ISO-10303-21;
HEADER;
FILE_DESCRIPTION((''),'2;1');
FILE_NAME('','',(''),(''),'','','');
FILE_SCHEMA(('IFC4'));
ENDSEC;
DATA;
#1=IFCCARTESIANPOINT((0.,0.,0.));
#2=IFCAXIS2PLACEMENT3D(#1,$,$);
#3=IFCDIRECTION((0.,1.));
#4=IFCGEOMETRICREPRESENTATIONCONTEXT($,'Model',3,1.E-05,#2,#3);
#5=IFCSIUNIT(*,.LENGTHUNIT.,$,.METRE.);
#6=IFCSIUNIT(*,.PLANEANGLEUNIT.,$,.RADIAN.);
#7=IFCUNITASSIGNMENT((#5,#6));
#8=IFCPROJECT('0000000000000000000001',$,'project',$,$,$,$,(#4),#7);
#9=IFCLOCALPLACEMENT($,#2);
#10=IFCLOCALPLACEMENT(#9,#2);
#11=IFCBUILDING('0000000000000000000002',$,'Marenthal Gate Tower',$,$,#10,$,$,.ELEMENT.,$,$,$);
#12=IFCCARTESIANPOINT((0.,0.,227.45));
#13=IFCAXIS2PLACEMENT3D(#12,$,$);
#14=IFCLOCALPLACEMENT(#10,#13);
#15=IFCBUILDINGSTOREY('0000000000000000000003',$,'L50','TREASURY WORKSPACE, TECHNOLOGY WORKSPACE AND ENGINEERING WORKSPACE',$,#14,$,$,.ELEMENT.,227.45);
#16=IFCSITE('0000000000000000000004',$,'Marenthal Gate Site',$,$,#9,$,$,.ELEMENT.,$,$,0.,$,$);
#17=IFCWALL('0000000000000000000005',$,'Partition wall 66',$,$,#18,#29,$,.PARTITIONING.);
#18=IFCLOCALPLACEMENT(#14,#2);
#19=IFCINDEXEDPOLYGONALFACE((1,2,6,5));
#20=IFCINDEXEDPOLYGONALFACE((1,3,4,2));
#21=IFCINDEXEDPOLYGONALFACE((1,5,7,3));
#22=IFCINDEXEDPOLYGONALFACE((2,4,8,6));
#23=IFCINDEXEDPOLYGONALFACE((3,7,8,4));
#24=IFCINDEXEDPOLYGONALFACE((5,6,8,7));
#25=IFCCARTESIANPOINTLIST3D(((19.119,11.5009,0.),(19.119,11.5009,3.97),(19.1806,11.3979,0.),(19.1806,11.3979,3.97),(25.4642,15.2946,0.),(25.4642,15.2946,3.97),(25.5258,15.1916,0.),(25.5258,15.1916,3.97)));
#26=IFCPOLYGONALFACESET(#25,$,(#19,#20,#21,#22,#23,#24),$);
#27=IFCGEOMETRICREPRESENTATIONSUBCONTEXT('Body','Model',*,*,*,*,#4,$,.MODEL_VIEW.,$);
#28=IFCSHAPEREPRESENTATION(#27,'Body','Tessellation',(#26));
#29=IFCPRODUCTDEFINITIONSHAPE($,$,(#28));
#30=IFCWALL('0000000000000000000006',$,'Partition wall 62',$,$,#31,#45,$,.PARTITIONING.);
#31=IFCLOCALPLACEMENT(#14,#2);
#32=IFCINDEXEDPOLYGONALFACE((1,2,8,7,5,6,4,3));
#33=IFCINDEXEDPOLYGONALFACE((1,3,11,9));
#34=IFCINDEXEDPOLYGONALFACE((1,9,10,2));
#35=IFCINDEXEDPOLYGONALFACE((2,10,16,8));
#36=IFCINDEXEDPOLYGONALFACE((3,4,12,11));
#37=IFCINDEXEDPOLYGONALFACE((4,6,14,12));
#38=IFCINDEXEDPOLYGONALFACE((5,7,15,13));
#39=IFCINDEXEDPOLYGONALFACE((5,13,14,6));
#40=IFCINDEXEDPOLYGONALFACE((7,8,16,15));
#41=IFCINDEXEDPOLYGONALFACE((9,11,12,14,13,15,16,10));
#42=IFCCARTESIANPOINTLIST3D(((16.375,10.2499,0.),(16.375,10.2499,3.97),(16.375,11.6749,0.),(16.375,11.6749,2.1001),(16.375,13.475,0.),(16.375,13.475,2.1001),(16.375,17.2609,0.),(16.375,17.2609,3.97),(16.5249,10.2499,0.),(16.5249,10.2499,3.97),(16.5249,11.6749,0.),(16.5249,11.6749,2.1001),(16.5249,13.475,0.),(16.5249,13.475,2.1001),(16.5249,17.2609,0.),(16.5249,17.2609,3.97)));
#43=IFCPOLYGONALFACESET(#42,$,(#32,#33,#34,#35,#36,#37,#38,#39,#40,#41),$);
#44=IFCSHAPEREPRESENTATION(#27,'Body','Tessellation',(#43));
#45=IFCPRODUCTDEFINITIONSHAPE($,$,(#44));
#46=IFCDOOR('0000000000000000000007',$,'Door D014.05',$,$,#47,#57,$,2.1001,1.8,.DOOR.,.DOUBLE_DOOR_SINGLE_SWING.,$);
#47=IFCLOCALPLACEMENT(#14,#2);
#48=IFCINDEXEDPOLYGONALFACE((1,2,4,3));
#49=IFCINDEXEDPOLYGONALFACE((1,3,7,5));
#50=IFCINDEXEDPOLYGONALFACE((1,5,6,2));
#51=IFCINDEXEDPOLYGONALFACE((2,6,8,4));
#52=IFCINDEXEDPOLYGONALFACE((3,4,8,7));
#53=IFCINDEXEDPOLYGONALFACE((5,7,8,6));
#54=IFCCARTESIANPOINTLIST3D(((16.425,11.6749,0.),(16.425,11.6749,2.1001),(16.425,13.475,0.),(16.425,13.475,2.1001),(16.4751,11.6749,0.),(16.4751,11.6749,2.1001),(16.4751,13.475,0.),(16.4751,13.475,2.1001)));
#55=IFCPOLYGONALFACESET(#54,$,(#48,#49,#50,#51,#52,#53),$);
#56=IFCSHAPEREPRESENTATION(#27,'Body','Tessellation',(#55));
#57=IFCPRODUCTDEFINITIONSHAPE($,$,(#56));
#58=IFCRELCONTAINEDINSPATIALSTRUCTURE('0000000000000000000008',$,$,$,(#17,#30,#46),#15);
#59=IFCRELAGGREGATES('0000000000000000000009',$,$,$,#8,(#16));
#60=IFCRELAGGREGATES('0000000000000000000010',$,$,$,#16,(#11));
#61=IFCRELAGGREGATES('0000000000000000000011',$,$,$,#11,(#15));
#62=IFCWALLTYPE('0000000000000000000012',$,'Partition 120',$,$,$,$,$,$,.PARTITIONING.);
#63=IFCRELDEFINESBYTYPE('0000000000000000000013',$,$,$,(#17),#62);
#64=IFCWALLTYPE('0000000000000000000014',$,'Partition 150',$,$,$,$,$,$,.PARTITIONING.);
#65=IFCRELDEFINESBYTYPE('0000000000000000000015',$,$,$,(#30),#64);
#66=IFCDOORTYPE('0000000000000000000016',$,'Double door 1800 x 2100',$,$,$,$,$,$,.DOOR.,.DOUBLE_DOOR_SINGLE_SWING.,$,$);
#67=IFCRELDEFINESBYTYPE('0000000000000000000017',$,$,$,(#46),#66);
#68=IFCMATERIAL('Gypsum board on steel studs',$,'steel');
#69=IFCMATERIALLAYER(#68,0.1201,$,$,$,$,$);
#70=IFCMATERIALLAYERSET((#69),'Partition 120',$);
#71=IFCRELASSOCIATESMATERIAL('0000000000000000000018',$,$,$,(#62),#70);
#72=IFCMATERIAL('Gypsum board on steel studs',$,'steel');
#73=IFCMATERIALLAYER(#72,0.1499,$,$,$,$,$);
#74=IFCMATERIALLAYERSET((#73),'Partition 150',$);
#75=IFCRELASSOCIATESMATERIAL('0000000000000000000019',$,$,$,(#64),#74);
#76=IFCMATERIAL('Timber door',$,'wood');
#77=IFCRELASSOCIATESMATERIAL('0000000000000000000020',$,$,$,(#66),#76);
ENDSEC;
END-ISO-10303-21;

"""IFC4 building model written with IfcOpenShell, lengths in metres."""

from ifc_helpers import new_model, si_unit, direction, frame, frame_2d, origin, place, context, subcontext, project, spatial, rectangle, extrude, material, layer, layer_set, type_object, element, fill, save


model = new_model("IFC4")

# Units and contexts
model_context = context("Model", 3, precision=1e-05, world=origin(), true_north=direction((0.0, 1.0)))
body_context = subcontext(model_context, "Body", "Model", "MODEL_VIEW")
ifc_project = project(units=[si_unit("LENGTHUNIT", "METRE"), si_unit("PLANEANGLEUNIT", "RADIAN")], contexts=[model_context])

# Site, building, storey
site_placement = place(None, origin())
site = spatial("IfcSite", under=ifc_project, at=site_placement, Name="Marenthal Gate Site", CompositionType="ELEMENT", RefElevation=0.0)
building_placement = place(site_placement, origin())
building = spatial("IfcBuilding", under=site, at=building_placement, Name="Marenthal Gate Tower", CompositionType="ELEMENT")
storey_placement = place(building_placement, frame((0.0, 0.0, 227.45)))
storey = spatial("IfcBuildingStorey", under=building, at=storey_placement, Name="L50", Description="TREASURY WORKSPACE, TECHNOLOGY WORKSPACE AND ENGINEERING WORKSPACE", CompositionType="ELEMENT", Elevation=227.45)

# Wall
ifc_material_1 = material(Name="Gypsum board on steel studs", Category="steel")
ifc_layer_1 = layer(ifc_material_1, 0.1201)
ifc_layer_set_1 = layer_set([ifc_layer_1], Name="Partition 120")
wall_type_1 = type_object("IfcWallType", Name="Partition 120", PredefinedType="PARTITIONING", material=ifc_layer_set_1)
wall_1_placement = place(storey_placement, frame((19.1499, 11.4495, 0.0), z_axis=(0.0, 0.0, 1.0), x_axis=(0.858293, 0.51316, 0.0)))
element("IfcWall", 1, at=wall_1_placement, inside=storey, type_object=wall_type_1, Name="Partition wall 66", PredefinedType="PARTITIONING", context=body_context, shape_type="SweptSolid", body=[
    extrude(rectangle(XDim=7.3928, YDim=0.1201, at=frame_2d((3.6963, 0.0))), origin(), (0.0, 0.0, 1.0), 3.97),
])

# Wall, opening, door
ifc_material_2 = material(Name="Gypsum board on steel studs", Category="steel")
ifc_layer_2 = layer(ifc_material_2, 0.1499)
ifc_layer_set_2 = layer_set([ifc_layer_2], Name="Partition 150")
wall_type_2 = type_object("IfcWallType", Name="Partition 150", PredefinedType="PARTITIONING", material=ifc_layer_set_2)
wall_2_placement = place(storey_placement, frame((16.45, 10.25, 0.0), z_axis=(0.0, 0.0, 1.0), x_axis=(0.0, 1.0, 0.0)))
wall_2 = element("IfcWall", 2, at=wall_2_placement, inside=storey, type_object=wall_type_2, Name="Partition wall 62", PredefinedType="PARTITIONING", context=body_context, shape_type="SweptSolid", body=[
    extrude(rectangle(XDim=7.011, YDim=0.1499, at=frame_2d((3.5054, 0.0))), origin(), (0.0, 0.0, 1.0), 3.97),
])
opening_placement = place(wall_2_placement, frame((1.425, 0.0, 0.0)))
opening = element("IfcOpeningElement", 3, at=opening_placement, cuts=wall_2, PredefinedType="OPENING", context=body_context, shape_type="SweptSolid", body=[
    extrude(rectangle(XDim=1.8, YDim=2.1001, at=frame_2d((0.8999, 1.05))), frame((0.0, 0.085, 0.0), z_axis=(0.0, -1.0, 0.0), x_axis=(1.0, 0.0, 0.0)), (0.0, 0.0, 1.0), 0.1699),
])
ifc_material_3 = material(Name="Timber door", Category="wood")
door_type = type_object("IfcDoorType", Name="Double door 1800 x 2100", OperationType="DOUBLE_DOOR_SINGLE_SWING", PredefinedType="DOOR", material=ifc_material_3)
door_placement = place(opening_placement, origin())
door = element("IfcDoor", 4, at=door_placement, inside=storey, type_object=door_type, Name="Door D014.05", OperationType="DOUBLE_DOOR_SINGLE_SWING", OverallHeight=2.1001, OverallWidth=1.8, PredefinedType="DOOR", context=body_context, shape_type="SweptSolid", body=[
    extrude(rectangle(XDim=1.8, YDim=2.1001, at=frame_2d((0.8999, 1.05))), frame((0.0, 0.0249, 0.0), z_axis=(0.0, -1.0, 0.0), x_axis=(1.0, 0.0, 0.0)), (0.0, 0.0, 1.0), 0.05),
])
fill(opening, door)

save(model, "model.ifc")
